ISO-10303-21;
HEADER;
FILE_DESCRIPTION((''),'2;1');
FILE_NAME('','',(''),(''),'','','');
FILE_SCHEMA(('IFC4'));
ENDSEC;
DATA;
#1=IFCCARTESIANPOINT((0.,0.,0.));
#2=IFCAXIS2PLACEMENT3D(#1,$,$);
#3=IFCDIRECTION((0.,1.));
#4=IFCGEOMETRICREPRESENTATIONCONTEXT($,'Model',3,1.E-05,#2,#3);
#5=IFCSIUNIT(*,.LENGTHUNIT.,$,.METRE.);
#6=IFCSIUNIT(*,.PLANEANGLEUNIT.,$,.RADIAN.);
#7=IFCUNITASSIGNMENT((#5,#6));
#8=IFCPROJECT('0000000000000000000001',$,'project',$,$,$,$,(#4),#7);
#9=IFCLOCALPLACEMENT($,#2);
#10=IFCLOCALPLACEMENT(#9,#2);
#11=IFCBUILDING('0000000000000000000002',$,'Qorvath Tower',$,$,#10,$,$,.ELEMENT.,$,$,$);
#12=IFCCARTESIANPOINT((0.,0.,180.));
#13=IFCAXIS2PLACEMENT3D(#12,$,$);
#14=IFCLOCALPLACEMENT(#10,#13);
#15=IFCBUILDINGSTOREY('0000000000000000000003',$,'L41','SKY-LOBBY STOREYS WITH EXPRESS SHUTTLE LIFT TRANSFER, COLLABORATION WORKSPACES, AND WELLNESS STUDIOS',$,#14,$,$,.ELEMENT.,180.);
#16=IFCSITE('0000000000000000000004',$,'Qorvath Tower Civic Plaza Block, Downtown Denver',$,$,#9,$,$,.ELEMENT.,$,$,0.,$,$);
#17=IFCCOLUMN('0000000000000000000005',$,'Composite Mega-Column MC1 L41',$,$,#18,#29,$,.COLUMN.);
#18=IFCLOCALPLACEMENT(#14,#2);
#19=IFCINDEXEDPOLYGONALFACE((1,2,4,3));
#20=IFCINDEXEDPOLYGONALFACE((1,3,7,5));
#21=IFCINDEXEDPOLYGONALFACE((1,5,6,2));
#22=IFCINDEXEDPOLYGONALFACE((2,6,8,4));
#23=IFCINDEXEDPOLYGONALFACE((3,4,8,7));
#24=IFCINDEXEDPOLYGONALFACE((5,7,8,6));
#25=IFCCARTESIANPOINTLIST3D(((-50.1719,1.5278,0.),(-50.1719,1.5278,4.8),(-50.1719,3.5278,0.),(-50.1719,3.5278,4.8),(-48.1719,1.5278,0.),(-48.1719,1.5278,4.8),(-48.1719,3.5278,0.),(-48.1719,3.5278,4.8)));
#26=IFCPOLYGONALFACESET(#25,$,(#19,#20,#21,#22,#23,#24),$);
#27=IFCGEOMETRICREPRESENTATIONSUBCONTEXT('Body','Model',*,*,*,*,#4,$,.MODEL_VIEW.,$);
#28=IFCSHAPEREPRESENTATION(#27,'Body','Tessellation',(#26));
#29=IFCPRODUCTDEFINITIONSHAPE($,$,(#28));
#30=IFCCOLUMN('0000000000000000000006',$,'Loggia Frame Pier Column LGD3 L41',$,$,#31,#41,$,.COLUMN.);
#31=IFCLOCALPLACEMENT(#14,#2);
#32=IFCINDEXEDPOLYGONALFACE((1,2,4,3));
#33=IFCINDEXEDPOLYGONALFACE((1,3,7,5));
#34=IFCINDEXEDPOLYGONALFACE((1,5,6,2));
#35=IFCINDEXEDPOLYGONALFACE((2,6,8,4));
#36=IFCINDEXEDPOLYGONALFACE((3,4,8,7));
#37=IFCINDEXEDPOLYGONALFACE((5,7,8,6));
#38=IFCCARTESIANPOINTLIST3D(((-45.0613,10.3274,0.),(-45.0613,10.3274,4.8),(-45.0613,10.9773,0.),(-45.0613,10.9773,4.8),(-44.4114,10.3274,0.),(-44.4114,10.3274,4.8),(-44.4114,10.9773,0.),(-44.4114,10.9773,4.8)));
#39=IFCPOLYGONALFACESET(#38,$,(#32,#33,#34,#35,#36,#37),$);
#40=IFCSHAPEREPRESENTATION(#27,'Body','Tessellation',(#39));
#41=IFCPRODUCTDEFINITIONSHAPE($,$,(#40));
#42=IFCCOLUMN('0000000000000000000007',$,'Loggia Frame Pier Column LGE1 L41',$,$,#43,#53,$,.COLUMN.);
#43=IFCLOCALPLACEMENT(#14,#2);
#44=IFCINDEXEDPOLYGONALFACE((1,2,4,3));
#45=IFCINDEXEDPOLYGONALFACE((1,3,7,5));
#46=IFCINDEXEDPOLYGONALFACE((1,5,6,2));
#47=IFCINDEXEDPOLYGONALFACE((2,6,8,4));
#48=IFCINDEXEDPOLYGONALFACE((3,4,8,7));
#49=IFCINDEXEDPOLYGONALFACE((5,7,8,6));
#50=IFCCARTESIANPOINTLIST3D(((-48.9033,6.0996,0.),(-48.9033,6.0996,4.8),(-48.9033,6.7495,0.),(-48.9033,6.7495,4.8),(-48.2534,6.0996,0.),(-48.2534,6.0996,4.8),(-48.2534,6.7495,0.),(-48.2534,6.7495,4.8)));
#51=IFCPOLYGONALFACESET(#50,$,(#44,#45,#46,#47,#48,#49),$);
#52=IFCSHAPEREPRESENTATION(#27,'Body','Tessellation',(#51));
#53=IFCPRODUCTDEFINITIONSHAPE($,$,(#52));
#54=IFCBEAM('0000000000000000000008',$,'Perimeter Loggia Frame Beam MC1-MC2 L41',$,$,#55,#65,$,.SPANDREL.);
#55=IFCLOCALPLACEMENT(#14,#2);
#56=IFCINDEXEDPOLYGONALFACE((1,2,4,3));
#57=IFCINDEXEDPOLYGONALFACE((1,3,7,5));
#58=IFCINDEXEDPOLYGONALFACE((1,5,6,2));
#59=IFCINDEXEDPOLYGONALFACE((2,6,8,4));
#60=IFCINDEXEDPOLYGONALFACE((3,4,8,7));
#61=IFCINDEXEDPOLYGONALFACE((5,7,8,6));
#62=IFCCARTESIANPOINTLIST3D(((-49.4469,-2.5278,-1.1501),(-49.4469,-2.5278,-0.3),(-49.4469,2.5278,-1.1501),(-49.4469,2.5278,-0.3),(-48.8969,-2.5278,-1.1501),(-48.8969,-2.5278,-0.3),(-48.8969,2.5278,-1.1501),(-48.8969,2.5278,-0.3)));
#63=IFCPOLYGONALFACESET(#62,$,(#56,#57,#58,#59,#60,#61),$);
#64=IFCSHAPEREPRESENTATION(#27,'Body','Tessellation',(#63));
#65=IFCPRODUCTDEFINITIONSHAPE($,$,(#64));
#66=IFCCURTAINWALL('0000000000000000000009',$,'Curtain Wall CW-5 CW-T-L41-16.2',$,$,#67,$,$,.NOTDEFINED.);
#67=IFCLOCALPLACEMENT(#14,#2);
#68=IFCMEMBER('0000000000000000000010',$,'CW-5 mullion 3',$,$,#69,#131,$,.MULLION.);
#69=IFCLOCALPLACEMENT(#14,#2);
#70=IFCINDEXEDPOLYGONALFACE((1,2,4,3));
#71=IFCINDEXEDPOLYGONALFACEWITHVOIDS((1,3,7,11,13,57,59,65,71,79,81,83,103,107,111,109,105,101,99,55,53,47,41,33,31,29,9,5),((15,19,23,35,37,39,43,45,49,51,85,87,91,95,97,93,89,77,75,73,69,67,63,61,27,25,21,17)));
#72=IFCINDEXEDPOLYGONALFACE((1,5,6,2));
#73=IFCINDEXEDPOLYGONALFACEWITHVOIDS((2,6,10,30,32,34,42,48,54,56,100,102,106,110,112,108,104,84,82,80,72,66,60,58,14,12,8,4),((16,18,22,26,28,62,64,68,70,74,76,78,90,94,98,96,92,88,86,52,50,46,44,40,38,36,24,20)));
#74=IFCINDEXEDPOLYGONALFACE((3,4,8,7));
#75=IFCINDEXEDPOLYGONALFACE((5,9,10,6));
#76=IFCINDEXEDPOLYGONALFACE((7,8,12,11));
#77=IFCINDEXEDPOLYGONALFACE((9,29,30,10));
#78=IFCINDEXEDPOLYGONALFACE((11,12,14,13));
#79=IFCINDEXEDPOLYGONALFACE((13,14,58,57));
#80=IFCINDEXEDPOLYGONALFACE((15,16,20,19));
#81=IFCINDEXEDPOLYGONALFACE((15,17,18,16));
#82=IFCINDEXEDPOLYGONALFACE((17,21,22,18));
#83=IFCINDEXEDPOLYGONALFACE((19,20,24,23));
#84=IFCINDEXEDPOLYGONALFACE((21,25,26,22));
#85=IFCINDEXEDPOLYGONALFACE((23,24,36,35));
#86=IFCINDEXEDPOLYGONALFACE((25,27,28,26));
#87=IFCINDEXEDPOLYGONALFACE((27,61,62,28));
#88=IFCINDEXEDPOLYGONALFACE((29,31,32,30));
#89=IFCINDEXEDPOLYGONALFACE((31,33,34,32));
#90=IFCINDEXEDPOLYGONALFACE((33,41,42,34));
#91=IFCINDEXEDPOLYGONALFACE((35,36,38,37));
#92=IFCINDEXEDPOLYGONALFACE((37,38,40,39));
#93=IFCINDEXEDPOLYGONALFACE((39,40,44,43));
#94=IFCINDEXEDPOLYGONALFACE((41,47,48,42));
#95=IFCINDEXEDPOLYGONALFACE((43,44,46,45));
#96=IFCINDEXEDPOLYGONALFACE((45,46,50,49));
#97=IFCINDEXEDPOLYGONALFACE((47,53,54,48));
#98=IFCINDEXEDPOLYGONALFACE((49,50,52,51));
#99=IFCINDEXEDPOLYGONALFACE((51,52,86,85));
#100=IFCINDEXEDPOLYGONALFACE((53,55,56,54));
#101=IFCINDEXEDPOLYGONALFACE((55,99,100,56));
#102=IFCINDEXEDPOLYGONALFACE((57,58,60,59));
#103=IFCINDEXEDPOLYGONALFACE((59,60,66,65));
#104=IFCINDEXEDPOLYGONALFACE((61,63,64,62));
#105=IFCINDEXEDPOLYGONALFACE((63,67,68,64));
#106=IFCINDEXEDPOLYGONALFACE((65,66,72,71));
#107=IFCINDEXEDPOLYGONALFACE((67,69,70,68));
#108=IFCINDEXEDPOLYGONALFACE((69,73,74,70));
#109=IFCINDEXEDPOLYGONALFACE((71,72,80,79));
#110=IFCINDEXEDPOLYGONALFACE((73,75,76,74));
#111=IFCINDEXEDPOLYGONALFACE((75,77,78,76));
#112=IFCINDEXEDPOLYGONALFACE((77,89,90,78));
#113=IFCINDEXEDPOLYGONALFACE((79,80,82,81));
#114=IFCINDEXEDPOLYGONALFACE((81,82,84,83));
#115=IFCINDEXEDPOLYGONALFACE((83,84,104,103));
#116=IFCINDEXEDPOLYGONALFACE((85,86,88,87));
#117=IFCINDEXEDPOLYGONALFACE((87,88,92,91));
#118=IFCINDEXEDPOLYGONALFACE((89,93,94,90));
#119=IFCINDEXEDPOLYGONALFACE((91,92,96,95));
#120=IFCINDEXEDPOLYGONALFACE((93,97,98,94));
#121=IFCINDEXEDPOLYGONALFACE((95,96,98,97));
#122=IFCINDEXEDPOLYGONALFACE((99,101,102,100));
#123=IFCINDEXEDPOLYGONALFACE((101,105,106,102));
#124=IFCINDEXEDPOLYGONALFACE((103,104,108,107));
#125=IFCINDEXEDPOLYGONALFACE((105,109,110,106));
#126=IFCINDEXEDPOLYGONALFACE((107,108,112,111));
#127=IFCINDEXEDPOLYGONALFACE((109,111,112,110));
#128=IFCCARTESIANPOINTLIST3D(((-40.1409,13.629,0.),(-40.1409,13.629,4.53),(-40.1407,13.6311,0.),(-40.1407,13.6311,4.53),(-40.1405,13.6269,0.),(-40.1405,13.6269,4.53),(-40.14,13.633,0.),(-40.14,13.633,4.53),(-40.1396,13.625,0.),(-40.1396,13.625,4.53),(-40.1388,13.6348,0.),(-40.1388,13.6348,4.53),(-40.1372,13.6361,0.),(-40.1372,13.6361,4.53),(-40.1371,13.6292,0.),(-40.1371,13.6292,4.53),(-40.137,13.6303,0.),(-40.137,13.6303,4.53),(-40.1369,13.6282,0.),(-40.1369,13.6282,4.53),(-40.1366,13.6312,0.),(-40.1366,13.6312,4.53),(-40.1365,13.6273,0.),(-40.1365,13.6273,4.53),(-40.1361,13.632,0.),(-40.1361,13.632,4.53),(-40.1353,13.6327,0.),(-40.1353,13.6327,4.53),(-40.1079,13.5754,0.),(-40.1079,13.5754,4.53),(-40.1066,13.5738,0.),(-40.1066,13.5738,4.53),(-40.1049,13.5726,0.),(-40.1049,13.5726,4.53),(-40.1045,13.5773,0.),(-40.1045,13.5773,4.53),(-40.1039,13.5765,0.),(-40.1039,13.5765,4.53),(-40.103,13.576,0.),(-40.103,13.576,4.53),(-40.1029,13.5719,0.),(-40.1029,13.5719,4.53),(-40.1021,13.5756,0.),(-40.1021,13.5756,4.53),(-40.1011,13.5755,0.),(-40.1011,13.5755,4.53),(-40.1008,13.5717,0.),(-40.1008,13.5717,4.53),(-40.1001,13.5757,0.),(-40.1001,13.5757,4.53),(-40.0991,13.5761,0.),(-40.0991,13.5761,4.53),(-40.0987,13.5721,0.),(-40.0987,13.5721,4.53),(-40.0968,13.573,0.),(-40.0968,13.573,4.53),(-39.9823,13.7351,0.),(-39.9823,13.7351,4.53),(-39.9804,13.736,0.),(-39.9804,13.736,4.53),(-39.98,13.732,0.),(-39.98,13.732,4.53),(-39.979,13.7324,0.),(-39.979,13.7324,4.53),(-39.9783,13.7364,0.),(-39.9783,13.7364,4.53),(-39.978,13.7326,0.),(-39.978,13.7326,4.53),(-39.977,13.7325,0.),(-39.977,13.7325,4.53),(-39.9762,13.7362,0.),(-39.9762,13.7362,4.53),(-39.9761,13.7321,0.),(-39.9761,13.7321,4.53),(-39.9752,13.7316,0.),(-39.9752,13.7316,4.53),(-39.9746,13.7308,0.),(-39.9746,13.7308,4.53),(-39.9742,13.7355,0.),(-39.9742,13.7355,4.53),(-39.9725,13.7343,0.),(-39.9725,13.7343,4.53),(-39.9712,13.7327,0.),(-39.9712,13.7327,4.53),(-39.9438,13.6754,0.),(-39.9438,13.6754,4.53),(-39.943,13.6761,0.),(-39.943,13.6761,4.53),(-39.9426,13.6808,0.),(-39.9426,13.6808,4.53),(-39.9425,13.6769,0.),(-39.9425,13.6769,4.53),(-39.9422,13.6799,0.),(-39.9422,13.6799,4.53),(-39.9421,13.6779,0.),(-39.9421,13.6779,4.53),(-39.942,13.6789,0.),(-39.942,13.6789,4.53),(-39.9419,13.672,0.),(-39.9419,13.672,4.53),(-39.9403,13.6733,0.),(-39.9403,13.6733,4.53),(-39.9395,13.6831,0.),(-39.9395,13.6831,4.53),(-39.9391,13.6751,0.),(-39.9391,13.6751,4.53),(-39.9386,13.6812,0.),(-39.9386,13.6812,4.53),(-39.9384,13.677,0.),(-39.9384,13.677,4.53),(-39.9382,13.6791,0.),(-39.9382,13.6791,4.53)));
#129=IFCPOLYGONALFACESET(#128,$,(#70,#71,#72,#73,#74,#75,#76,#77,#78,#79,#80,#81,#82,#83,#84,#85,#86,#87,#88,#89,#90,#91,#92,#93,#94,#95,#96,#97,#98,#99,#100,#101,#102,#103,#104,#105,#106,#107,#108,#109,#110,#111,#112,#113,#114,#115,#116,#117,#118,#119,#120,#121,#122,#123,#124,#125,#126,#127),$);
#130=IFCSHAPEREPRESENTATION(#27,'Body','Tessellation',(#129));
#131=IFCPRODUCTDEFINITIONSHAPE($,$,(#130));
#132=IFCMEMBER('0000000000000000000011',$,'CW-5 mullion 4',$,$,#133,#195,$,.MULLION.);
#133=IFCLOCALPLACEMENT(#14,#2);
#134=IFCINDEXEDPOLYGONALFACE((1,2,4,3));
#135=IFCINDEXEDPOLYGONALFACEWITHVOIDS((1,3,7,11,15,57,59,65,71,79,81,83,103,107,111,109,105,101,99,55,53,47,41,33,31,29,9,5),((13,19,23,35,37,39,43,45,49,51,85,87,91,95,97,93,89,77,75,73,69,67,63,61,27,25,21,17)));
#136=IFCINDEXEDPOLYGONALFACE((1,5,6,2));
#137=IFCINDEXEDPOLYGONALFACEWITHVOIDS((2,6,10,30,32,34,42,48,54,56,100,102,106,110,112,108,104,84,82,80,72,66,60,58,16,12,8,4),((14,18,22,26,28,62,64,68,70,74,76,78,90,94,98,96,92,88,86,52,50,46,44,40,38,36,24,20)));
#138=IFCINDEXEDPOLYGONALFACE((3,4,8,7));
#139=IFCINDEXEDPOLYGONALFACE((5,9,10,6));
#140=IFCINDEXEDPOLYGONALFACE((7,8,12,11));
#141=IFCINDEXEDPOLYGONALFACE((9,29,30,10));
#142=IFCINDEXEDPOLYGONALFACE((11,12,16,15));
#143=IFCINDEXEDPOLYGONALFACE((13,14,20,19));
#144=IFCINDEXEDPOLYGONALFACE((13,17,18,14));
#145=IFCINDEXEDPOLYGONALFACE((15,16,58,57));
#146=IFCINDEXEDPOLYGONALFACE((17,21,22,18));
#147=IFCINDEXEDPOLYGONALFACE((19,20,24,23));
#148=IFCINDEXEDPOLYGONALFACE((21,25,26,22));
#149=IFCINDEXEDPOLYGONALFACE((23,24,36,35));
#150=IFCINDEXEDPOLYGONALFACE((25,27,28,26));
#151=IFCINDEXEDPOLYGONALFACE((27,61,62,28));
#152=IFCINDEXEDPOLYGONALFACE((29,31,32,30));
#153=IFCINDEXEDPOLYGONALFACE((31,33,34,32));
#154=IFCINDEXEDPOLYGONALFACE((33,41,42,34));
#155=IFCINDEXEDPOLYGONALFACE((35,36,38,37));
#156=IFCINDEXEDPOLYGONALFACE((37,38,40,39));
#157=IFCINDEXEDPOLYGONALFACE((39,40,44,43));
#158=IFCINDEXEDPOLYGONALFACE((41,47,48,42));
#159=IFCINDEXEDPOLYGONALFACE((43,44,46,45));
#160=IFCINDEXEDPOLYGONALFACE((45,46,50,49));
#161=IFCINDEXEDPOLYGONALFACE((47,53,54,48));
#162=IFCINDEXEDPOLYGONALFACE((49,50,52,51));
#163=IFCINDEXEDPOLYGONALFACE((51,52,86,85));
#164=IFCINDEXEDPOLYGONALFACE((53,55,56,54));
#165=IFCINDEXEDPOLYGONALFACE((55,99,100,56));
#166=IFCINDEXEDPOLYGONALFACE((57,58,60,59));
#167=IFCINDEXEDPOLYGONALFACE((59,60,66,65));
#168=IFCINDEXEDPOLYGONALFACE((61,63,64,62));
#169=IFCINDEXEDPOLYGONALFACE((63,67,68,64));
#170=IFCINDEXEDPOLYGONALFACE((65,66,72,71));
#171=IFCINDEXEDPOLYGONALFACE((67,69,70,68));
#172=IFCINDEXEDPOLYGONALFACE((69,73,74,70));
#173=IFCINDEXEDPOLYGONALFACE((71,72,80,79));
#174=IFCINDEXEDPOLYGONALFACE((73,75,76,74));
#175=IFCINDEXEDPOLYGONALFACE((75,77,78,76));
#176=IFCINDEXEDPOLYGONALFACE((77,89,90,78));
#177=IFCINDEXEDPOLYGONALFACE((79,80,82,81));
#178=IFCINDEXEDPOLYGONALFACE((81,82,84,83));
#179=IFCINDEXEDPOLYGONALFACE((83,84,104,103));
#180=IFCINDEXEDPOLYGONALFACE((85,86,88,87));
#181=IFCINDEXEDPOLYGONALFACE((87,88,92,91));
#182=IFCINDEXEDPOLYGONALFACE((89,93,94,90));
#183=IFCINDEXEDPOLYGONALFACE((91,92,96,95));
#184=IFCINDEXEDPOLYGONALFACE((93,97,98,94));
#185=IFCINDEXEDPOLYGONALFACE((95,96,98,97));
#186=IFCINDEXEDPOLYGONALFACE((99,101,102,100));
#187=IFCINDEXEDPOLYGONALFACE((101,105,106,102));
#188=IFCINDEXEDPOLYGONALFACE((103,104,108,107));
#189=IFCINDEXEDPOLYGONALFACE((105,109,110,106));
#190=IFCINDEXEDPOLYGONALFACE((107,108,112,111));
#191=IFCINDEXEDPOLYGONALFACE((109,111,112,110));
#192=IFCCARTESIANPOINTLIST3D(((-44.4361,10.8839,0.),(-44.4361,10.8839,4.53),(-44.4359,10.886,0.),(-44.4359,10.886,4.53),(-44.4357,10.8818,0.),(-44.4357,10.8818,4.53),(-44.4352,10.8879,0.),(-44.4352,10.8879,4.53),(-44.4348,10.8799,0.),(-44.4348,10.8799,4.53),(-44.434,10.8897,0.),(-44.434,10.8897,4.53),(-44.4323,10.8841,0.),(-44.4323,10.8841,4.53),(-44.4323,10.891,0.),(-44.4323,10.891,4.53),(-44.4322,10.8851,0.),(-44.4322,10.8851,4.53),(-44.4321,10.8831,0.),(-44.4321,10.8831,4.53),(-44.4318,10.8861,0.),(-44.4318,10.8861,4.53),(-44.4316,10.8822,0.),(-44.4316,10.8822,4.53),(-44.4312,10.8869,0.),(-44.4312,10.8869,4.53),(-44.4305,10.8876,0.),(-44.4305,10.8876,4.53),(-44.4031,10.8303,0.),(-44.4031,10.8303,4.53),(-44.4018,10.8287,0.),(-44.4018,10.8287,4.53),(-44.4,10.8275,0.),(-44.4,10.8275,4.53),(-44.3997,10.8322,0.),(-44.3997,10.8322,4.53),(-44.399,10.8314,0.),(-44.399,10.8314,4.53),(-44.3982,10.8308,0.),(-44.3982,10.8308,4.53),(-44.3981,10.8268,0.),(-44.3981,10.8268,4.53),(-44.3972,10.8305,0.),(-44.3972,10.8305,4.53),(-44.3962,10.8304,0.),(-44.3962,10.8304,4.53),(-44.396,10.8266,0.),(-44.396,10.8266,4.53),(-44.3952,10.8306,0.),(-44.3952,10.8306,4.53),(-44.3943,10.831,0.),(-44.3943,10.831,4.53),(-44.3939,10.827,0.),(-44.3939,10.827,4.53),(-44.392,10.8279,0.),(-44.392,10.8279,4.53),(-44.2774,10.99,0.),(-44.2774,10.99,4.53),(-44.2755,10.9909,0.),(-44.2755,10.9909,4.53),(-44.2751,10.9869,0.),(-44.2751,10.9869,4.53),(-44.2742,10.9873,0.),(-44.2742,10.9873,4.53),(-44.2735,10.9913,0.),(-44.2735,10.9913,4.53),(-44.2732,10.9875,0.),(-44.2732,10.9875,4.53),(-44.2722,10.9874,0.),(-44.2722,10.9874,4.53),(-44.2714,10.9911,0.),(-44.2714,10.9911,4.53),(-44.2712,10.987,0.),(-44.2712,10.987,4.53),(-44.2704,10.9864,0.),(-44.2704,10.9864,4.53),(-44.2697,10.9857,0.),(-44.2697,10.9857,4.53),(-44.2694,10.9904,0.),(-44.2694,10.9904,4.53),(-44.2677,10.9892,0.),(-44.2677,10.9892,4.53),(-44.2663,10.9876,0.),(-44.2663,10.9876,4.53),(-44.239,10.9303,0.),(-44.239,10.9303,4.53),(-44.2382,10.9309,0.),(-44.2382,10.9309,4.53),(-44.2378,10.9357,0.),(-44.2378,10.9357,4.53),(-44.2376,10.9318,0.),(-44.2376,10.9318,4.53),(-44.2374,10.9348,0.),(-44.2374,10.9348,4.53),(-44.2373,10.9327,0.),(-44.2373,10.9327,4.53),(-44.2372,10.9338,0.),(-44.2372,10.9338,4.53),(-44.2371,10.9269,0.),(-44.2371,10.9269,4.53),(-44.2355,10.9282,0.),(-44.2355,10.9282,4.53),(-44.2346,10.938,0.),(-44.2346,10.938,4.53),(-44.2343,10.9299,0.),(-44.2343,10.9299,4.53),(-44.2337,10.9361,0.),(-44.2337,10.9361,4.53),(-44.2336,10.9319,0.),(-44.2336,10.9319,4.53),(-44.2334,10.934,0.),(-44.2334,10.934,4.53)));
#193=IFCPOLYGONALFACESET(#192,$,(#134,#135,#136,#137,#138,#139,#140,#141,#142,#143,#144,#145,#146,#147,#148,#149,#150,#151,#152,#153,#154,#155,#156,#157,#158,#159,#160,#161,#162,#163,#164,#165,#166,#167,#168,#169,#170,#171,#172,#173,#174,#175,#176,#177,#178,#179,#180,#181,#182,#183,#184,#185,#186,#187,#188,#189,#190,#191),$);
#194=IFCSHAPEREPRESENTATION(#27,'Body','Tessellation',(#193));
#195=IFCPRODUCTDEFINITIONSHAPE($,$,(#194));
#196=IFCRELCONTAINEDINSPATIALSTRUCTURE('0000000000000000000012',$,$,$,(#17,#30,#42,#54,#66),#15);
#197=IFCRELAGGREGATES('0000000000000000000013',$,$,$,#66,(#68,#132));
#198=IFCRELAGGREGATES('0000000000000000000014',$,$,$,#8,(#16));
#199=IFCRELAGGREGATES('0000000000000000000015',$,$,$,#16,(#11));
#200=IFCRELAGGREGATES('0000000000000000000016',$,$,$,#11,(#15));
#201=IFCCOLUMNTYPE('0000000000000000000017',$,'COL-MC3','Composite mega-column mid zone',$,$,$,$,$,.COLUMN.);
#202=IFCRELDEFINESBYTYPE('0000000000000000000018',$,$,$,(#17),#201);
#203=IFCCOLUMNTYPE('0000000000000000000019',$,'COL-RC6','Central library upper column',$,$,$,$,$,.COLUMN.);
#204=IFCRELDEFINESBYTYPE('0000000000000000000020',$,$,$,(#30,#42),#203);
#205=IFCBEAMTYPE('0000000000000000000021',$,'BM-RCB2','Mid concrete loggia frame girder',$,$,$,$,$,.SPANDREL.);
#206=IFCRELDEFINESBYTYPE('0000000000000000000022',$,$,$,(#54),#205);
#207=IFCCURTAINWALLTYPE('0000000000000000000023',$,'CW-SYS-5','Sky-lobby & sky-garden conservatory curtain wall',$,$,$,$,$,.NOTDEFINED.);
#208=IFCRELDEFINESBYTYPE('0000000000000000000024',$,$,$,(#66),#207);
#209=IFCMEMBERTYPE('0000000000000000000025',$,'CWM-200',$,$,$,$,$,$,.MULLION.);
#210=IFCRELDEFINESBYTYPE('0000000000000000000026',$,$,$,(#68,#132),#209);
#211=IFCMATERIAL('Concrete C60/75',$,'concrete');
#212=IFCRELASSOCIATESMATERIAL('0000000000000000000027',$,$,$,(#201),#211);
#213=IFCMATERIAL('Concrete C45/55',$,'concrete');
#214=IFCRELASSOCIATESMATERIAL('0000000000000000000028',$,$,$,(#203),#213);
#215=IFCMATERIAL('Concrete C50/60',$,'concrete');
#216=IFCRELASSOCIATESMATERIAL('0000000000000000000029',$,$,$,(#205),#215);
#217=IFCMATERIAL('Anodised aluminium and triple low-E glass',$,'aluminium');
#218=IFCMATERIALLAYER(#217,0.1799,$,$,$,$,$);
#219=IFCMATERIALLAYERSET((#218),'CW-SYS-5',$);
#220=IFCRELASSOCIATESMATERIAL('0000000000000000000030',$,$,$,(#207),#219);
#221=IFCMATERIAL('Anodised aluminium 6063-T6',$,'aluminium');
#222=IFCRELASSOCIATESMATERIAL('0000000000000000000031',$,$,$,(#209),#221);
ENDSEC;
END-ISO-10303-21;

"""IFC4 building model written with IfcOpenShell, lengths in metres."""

from ifc_helpers import new_model, si_unit, direction, frame, origin, origin_2d, place, context, subcontext, project, spatial, rectangle, hollow_rectangle, extrude, material, layer, layer_set, material_profile, profile_set, type_object, element, aggregate, save


model = new_model("IFC4")

# Units and contexts
model_context = context("Model", 3, precision=1e-05, world=origin(), true_north=direction((0.0, 1.0)))
body_context = subcontext(model_context, "Body", "Model", "MODEL_VIEW")
ifc_project = project(units=[si_unit("LENGTHUNIT", "METRE"), si_unit("PLANEANGLEUNIT", "RADIAN")], contexts=[model_context])

# Site, building, storey
site_placement = place(None, origin())
site = spatial("IfcSite", under=ifc_project, at=site_placement, Name="Qorvath Tower Civic Plaza Block, Downtown Denver", CompositionType="ELEMENT", RefElevation=0.0)
building_placement = place(site_placement, origin())
building = spatial("IfcBuilding", under=site, at=building_placement, Name="Qorvath Tower", CompositionType="ELEMENT")
storey_placement = place(building_placement, frame((0.0, 0.0, 180.0)))
storey = spatial("IfcBuildingStorey", under=building, at=storey_placement, Name="L41", Description="SKY-LOBBY STOREYS WITH EXPRESS SHUTTLE LIFT TRANSFER, COLLABORATION WORKSPACES, AND WELLNESS STUDIOS", CompositionType="ELEMENT", Elevation=180.0)

# Columns
ifc_material_1 = material(Name="Concrete C60/75", Category="concrete")
ifc_material_profile_1 = material_profile(ifc_material_1, rectangle(XDim=2.0, YDim=2.0, at=origin_2d()), Name="MC 2000x2000")
ifc_profile_set_1 = profile_set([ifc_material_profile_1], Name="Concrete C60/75")
column_type_1 = type_object("IfcColumnType", Name="COL-MC3", Description="Composite mega-column mid zone", PredefinedType="COLUMN", material=ifc_profile_set_1)
column_placement = place(storey_placement, frame((-49.1719, 2.5278, 0.0), z_axis=(0.0, 0.0, 1.0), x_axis=(1.0, 0.0, 0.0)))
element("IfcColumn", 1, at=column_placement, inside=storey, type_object=column_type_1, Name="Composite Mega-Column MC1 L41", PredefinedType="COLUMN", context=body_context, shape_type="SweptSolid", body=[
    extrude(rectangle(XDim=2.0, YDim=2.0, at=origin_2d()), origin(), (0.0, 0.0, 1.0), 4.8),
])
ifc_material_2 = material(Name="Concrete C45/55", Category="concrete")
ifc_material_profile_2 = material_profile(ifc_material_2, rectangle(XDim=0.6499, YDim=0.6499, at=origin_2d()), Name="RC 650x650")
ifc_profile_set_2 = profile_set([ifc_material_profile_2], Name="Concrete C45/55")
column_type_2 = type_object("IfcColumnType", Name="COL-RC6", Description="Central library upper column", PredefinedType="COLUMN", material=ifc_profile_set_2)
for number, where, z_axis, x_axis, name in (
    (2, (-44.7363, 10.6523, 0.0), (0.0, 0.0, 1.0), (1.0, 0.0, 0.0), "Loggia Frame Pier Column LGD3 L41"),
    (3, (-48.5784, 6.4246, 0.0), (0.0, 0.0, 1.0), (1.0, 0.0, 0.0), "Loggia Frame Pier Column LGE1 L41"),
):
    element("IfcColumn", number, at=place(storey_placement, frame(where, z_axis=z_axis, x_axis=x_axis)), inside=storey, type_object=column_type_2, Name=name, PredefinedType="COLUMN", context=body_context, shape_type="SweptSolid", body=[
        extrude(rectangle(XDim=0.6499, YDim=0.6499, at=origin_2d()), origin(), (0.0, 0.0, 1.0), 4.8),
    ])

# Beam
ifc_material_3 = material(Name="Concrete C50/60", Category="concrete")
ifc_material_profile_3 = material_profile(ifc_material_3, rectangle(XDim=0.55, YDim=0.8501, at=origin_2d()), Name="RCB 850x550")
ifc_profile_set_3 = profile_set([ifc_material_profile_3], Name="Concrete C50/60")
beam_type = type_object("IfcBeamType", Name="BM-RCB2", Description="Mid concrete loggia frame girder", PredefinedType="SPANDREL", material=ifc_profile_set_3)
beam_placement = place(storey_placement, frame((-49.1719, 2.5278, -0.7251), z_axis=(0.0, -1.0, 0.0), x_axis=(1.0, 0.0, 0.0)))
element("IfcBeam", 4, at=beam_placement, inside=storey, type_object=beam_type, Name="Perimeter Loggia Frame Beam MC1-MC2 L41", PredefinedType="SPANDREL", context=body_context, shape_type="SweptSolid", body=[
    extrude(rectangle(XDim=0.55, YDim=0.8501, at=origin_2d()), origin(), (0.0, 0.0, 1.0), 5.0557),
])

# Curtain wall, members
ifc_material_4 = material(Name="Anodised aluminium and triple low-E glass", Category="aluminium")
ifc_layer_1 = layer(ifc_material_4, 0.1799)
ifc_layer_set_1 = layer_set([ifc_layer_1], Name="CW-SYS-5")
curtain_wall_type = type_object("IfcCurtainWallType", Name="CW-SYS-5", Description="Sky-lobby & sky-garden conservatory curtain wall", PredefinedType="NOTDEFINED", material=ifc_layer_set_1)
curtain_wall_1_placement = place(storey_placement, origin())
curtain_wall_1 = element("IfcCurtainWall", 5, at=curtain_wall_1_placement, inside=storey, type_object=curtain_wall_type, Name="Curtain Wall CW-5 CW-T-L41-16.2", PredefinedType="NOTDEFINED")
ifc_material_5 = material(Name="Anodised aluminium 6063-T6", Category="aluminium")
ifc_material_profile_4 = material_profile(ifc_material_5, hollow_rectangle(XDim=0.075, YDim=0.2, WallThickness=0.0039, InnerFilletRadius=0.0039, OuterFilletRadius=0.0081, at=origin_2d()), Name="CWM 200x75")
ifc_profile_set_4 = profile_set([ifc_material_profile_4], Name="Anodised aluminium 6063-T6")
member_type_1 = type_object("IfcMemberType", Name="CWM-200", PredefinedType="MULLION", material=ifc_profile_set_4)
member_1_placement = place(storey_placement, frame((-40.0396, 13.6541, 0.0), z_axis=(0.0, 0.0, 1.0), x_axis=(0.538537, -0.842602, 0.0)))
member_1 = element("IfcMember", 6, at=member_1_placement, type_object=member_type_1, Name="CW-5 mullion 3", PredefinedType="MULLION", context=body_context, shape_type="SweptSolid", body=[
    extrude(hollow_rectangle(XDim=0.075, YDim=0.2, WallThickness=0.0039, InnerFilletRadius=0.0039, OuterFilletRadius=0.0081, at=origin_2d()), origin(), (0.0, 0.0, 1.0), 4.53),
])
member_2_placement = place(storey_placement, frame((-44.3347, 10.9089, 0.0), z_axis=(0.0, 0.0, 1.0), x_axis=(0.538537, -0.842602, 0.0)))
member_2 = element("IfcMember", 7, at=member_2_placement, type_object=member_type_1, Name="CW-5 mullion 4", PredefinedType="MULLION", context=body_context, shape_type="SweptSolid", body=[
    extrude(hollow_rectangle(XDim=0.075, YDim=0.2, WallThickness=0.0039, InnerFilletRadius=0.0039, OuterFilletRadius=0.0081, at=origin_2d()), origin(), (0.0, 0.0, 1.0), 4.53),
])

aggregate(curtain_wall_1, [member_1, member_2])

save(model, "model.ifc")
